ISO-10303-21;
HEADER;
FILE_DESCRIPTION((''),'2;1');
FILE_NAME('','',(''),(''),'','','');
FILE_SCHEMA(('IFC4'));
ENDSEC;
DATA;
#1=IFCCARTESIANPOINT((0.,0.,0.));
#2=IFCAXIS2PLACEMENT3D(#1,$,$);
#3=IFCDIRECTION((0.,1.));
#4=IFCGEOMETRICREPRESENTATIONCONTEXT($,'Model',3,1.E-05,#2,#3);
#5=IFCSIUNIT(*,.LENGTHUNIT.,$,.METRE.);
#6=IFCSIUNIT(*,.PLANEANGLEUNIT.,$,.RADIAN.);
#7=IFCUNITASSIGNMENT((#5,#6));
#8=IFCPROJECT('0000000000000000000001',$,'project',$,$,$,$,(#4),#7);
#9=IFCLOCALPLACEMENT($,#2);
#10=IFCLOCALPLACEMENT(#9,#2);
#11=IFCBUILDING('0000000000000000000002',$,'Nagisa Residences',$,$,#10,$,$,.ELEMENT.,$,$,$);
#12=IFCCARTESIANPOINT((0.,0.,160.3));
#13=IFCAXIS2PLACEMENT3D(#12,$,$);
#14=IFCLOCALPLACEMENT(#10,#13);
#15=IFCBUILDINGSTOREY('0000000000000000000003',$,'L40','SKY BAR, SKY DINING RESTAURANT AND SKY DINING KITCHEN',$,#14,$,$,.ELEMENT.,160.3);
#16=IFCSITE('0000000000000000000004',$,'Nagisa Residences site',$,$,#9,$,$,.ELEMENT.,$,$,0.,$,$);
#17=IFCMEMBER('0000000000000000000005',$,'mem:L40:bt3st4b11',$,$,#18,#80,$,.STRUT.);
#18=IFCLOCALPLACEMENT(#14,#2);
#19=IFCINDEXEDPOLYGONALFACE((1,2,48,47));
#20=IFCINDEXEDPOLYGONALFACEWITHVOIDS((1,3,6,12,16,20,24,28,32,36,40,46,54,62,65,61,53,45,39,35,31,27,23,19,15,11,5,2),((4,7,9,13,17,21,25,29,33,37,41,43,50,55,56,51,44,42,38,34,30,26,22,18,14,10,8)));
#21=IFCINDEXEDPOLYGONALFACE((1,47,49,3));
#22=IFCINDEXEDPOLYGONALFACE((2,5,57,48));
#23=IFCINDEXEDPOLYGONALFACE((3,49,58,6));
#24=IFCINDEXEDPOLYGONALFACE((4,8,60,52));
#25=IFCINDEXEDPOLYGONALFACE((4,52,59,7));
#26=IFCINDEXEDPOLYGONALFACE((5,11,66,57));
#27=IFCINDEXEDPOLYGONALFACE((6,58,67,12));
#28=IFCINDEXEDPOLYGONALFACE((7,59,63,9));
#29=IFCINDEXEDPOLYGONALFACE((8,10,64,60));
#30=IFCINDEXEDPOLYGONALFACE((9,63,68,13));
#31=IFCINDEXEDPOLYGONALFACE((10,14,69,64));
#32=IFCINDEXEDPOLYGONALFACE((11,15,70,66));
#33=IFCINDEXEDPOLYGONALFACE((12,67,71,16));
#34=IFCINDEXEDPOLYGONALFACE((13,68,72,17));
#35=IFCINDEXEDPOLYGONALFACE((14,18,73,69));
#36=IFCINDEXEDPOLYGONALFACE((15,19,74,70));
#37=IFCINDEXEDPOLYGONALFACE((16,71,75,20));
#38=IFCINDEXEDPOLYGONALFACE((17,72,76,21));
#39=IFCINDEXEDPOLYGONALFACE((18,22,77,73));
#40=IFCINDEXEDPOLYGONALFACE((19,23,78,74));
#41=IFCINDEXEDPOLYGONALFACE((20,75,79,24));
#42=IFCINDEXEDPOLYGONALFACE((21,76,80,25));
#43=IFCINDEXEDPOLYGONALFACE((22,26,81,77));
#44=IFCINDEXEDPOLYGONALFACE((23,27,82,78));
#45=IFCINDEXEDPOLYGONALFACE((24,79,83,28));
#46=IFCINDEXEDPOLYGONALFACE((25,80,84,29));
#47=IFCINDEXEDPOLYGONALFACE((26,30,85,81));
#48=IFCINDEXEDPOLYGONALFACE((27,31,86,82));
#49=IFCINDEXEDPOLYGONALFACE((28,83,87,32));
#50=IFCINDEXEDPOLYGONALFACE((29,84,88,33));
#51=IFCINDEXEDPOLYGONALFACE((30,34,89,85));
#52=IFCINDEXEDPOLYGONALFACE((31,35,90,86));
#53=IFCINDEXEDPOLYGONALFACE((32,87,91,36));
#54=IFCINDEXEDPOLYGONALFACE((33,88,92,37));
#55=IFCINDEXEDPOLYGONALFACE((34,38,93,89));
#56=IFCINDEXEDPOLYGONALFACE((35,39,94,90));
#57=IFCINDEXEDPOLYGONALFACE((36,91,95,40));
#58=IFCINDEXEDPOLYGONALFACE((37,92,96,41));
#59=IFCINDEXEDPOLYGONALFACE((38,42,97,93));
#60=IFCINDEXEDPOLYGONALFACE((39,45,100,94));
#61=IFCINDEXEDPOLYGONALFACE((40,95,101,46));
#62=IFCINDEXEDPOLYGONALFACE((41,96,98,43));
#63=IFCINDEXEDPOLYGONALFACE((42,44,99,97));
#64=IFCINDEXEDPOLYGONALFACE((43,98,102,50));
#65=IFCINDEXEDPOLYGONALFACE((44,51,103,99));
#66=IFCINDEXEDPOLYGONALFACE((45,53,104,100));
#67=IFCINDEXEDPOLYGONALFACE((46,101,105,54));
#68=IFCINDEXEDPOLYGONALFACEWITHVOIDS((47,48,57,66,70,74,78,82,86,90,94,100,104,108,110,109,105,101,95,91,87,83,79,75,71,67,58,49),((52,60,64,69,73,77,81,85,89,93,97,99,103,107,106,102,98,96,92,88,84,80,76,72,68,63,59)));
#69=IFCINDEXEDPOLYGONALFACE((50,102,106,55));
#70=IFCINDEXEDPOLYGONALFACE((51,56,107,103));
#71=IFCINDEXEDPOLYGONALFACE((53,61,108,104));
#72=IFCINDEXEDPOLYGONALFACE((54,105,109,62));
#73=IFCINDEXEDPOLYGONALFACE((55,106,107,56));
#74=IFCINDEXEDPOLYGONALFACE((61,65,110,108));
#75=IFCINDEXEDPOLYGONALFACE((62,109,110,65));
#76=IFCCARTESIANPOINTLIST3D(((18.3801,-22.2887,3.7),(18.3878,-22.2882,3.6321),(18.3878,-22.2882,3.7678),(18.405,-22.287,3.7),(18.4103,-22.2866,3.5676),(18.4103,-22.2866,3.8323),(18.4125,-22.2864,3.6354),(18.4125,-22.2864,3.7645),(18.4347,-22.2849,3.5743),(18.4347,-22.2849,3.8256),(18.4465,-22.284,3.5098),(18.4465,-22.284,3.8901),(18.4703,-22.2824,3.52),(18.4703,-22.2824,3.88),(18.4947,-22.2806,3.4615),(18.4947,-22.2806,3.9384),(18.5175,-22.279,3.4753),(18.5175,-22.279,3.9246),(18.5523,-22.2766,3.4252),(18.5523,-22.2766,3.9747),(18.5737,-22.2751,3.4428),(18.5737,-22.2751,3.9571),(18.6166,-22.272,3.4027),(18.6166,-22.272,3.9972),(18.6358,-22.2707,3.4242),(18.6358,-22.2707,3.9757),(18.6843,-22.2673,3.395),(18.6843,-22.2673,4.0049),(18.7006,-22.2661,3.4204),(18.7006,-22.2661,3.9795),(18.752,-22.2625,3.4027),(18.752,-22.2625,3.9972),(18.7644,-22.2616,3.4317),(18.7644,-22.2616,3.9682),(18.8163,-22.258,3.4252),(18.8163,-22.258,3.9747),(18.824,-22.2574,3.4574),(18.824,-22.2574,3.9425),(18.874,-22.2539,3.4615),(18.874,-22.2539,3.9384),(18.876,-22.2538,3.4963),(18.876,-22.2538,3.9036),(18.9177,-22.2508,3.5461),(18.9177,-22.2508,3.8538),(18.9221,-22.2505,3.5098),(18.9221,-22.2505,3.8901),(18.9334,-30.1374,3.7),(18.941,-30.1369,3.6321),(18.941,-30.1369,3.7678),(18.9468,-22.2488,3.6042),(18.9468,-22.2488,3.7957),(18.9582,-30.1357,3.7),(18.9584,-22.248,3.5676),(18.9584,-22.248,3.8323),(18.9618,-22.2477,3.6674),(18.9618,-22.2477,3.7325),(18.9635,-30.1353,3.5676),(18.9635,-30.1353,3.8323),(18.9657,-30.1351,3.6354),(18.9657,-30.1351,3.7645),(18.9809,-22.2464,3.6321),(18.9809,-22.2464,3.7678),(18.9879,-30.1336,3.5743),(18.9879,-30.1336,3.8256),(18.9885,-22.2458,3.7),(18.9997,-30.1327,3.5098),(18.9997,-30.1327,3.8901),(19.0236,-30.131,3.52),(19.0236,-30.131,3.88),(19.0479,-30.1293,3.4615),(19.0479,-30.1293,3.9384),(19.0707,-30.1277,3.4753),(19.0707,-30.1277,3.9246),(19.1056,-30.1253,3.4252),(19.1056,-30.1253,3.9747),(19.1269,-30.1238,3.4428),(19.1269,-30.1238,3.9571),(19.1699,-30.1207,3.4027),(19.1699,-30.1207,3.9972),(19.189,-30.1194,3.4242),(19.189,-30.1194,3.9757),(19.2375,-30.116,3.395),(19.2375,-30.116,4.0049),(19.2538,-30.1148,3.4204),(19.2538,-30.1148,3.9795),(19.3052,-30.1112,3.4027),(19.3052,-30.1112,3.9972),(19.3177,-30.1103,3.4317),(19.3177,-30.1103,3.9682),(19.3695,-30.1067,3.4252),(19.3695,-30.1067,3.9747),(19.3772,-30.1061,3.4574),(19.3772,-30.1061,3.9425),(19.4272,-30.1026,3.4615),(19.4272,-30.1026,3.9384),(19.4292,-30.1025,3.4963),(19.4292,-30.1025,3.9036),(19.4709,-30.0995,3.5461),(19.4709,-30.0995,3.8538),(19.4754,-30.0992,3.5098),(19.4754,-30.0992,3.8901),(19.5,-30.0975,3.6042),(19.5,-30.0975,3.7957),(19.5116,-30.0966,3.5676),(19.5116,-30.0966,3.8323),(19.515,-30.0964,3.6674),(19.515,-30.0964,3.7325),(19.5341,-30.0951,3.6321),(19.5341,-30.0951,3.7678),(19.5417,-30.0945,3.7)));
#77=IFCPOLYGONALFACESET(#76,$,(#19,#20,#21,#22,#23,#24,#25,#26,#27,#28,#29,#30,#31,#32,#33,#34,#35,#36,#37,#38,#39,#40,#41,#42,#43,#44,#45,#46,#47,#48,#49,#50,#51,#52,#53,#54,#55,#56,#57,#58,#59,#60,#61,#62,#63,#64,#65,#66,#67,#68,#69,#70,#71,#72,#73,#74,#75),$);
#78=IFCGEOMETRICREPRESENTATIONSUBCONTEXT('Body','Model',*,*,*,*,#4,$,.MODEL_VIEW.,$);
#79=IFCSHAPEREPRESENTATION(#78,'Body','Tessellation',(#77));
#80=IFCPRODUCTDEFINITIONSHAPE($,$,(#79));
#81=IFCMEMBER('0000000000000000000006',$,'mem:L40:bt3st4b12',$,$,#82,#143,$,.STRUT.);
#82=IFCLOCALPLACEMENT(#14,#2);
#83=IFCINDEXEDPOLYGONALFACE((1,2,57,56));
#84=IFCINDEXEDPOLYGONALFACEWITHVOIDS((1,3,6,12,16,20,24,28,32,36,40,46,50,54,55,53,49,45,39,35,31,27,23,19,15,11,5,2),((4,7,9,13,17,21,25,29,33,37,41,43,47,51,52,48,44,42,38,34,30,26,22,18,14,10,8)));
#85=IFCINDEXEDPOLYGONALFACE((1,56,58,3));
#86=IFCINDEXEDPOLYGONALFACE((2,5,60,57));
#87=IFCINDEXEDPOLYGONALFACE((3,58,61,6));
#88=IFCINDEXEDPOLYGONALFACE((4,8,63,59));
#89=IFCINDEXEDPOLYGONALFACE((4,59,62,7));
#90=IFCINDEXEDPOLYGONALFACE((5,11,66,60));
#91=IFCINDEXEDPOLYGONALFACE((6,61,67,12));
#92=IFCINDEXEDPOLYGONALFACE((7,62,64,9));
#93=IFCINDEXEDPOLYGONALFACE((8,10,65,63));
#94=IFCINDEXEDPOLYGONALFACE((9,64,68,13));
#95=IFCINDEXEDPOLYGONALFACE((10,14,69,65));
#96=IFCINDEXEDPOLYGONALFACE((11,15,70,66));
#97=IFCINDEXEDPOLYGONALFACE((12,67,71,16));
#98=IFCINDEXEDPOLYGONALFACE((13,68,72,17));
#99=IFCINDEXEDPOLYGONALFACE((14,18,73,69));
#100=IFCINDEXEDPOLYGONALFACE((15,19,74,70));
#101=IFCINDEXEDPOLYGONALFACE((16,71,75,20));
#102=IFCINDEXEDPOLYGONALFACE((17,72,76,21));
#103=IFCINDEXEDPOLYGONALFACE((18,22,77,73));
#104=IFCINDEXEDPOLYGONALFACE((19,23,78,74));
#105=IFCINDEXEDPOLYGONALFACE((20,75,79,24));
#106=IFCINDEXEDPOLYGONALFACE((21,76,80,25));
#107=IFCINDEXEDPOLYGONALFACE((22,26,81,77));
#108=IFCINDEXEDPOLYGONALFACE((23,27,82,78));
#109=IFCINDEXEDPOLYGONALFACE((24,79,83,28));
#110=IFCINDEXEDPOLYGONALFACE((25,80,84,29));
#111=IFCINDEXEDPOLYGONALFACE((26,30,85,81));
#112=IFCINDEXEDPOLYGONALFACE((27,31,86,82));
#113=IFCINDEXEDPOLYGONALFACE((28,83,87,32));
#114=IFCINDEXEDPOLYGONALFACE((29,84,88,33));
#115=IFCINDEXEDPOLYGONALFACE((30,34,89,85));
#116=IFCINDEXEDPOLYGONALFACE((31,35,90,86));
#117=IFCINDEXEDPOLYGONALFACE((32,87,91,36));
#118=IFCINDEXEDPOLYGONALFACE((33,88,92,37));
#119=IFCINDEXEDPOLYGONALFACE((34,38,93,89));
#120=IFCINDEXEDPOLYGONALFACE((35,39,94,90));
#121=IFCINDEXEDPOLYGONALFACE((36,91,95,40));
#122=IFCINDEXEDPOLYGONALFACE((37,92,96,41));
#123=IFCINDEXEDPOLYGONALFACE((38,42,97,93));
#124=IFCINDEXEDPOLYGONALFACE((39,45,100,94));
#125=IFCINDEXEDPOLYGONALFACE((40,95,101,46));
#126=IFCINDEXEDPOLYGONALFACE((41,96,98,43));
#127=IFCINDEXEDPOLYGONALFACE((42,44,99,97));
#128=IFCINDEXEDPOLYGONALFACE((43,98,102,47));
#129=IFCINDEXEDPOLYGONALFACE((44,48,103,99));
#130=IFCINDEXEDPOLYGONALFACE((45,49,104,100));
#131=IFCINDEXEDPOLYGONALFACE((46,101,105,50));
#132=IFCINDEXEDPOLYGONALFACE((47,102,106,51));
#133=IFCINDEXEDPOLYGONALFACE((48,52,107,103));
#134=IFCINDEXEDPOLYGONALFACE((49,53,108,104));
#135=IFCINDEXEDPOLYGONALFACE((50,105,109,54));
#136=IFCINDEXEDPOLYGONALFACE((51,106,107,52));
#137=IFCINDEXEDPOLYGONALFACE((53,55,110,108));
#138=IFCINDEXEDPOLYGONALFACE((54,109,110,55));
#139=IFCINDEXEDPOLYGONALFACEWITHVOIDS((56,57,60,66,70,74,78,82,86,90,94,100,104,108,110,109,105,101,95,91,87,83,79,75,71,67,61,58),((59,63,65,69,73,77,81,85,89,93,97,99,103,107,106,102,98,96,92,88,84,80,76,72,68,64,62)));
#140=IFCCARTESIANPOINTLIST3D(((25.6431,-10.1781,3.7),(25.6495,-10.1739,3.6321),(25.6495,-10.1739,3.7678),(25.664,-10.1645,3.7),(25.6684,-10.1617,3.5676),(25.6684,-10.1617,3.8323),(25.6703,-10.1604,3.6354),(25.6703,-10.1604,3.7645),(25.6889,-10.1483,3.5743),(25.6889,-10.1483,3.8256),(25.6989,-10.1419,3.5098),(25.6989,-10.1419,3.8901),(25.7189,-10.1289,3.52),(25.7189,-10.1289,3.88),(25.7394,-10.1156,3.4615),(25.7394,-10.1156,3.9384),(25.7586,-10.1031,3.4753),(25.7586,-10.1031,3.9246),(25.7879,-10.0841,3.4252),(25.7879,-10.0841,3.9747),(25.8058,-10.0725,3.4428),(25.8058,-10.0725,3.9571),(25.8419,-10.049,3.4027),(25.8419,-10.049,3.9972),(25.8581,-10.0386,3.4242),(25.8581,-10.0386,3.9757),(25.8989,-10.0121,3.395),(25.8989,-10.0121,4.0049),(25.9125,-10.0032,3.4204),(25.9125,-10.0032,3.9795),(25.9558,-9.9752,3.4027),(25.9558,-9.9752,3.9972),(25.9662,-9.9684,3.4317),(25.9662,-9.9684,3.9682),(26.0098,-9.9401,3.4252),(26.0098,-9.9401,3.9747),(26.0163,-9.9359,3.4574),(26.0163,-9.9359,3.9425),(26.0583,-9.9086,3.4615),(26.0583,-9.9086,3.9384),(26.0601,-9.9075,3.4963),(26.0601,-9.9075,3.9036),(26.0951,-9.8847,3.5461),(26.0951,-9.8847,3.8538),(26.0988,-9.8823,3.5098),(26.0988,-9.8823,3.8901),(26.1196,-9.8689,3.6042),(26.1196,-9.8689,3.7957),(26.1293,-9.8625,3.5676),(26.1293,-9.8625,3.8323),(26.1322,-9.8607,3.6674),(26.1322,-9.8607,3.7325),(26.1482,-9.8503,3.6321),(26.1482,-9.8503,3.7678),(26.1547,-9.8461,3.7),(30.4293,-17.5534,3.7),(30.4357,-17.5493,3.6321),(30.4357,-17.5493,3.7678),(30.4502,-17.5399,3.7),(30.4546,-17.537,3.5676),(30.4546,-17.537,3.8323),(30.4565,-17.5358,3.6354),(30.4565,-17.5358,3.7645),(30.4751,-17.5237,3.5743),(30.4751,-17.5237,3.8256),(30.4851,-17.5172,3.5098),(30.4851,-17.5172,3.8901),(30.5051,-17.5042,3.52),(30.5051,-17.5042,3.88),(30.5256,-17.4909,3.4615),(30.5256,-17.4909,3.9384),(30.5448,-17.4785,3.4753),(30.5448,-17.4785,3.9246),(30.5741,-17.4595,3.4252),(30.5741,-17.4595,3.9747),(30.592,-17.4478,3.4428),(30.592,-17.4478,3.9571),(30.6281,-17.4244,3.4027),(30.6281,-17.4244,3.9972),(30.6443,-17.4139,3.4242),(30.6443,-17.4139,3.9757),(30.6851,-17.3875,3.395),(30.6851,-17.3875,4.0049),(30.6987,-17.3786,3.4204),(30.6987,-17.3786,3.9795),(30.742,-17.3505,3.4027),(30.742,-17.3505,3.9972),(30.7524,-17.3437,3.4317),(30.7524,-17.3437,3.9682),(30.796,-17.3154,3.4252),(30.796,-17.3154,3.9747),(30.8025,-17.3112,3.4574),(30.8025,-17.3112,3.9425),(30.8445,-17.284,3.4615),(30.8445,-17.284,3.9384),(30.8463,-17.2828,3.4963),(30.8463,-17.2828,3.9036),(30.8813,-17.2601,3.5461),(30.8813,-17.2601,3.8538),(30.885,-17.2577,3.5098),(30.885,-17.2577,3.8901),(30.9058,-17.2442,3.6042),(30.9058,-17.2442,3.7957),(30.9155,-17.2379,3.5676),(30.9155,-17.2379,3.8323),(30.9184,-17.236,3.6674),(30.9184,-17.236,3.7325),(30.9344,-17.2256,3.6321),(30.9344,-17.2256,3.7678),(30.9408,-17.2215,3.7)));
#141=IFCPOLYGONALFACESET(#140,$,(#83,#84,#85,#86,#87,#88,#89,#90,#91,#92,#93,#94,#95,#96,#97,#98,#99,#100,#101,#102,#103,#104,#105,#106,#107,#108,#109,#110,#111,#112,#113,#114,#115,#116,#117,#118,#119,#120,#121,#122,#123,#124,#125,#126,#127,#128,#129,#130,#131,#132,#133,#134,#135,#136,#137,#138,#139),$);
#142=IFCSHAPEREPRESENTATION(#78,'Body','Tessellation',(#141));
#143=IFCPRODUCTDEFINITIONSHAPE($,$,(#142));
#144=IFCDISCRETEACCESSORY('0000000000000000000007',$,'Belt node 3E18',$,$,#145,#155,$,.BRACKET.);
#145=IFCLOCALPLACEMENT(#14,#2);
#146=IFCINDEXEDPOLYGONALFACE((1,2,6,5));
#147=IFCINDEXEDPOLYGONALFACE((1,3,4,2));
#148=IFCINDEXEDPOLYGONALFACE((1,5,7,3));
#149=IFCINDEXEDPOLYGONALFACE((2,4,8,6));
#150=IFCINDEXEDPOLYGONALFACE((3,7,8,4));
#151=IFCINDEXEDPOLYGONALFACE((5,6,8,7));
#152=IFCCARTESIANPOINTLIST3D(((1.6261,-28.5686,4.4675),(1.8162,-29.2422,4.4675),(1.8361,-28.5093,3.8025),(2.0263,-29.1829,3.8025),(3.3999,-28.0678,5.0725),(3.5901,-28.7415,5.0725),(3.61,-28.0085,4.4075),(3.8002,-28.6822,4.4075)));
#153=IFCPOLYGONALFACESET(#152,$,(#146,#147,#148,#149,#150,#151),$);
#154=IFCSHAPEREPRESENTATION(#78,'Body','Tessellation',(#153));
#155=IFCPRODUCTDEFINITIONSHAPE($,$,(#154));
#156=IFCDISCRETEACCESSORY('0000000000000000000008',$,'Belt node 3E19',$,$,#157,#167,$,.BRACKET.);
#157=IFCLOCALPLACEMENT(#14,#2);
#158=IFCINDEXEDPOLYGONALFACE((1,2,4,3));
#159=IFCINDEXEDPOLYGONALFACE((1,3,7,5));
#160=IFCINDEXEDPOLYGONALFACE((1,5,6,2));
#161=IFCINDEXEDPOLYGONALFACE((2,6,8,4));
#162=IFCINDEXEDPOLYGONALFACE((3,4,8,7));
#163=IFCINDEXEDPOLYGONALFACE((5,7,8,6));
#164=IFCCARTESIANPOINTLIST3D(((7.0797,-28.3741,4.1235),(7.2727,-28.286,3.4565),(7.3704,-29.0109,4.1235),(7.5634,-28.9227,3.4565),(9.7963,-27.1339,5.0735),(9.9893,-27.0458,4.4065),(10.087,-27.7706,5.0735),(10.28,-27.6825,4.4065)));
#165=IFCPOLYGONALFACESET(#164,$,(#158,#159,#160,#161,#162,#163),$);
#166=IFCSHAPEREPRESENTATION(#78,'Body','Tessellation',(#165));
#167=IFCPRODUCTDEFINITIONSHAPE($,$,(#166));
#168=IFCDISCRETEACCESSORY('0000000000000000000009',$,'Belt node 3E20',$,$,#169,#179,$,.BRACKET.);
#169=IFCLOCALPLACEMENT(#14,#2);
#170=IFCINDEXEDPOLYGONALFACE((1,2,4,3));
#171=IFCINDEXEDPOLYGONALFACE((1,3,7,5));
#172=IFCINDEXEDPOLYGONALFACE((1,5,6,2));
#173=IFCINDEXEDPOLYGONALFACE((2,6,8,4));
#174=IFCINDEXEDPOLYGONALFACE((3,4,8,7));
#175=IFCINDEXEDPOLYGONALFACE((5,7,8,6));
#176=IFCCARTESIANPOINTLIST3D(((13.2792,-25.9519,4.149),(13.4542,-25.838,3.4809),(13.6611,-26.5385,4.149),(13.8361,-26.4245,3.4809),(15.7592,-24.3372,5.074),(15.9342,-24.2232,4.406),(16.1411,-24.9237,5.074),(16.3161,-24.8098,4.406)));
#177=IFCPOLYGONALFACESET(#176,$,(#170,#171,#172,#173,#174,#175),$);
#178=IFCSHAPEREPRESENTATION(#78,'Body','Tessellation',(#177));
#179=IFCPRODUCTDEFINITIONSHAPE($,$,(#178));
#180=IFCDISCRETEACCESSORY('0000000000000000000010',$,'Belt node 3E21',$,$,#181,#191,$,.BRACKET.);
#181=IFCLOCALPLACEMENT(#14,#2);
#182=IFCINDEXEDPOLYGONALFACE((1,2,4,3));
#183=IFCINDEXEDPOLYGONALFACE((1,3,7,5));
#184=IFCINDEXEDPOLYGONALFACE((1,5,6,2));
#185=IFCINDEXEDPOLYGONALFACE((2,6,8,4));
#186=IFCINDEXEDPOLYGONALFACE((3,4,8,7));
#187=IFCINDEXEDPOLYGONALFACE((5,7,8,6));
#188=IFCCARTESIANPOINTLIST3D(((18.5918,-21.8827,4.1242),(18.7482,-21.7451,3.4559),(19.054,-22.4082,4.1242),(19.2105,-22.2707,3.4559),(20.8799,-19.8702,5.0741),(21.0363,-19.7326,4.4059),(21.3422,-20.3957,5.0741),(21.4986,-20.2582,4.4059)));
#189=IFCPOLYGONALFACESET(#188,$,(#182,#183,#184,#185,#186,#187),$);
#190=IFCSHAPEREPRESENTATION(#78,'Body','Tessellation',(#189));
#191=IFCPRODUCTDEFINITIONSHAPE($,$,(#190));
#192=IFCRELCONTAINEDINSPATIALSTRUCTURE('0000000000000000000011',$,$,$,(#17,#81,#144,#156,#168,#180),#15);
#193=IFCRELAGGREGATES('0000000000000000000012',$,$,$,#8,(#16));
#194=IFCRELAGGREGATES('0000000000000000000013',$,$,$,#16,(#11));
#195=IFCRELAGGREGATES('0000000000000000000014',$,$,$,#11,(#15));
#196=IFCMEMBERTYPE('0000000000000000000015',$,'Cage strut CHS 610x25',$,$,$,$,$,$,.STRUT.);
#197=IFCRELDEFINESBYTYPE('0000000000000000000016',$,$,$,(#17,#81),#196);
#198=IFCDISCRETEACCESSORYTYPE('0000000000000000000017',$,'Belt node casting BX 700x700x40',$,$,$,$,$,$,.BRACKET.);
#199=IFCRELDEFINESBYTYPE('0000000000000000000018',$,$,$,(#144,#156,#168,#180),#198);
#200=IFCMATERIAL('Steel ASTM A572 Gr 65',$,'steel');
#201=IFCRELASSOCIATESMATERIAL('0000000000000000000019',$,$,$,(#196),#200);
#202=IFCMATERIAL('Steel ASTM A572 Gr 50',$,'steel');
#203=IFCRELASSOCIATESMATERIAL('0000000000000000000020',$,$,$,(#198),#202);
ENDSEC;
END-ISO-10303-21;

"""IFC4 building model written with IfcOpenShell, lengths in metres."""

from ifc_helpers import new_model, si_unit, direction, frame, origin, origin_2d, place, context, subcontext, project, spatial, rectangle, hollow_circle, extrude, material, material_profile, profile_set, type_object, element, save


model = new_model("IFC4")

# Units and contexts
model_context = context("Model", 3, precision=1e-05, world=origin(), true_north=direction((0.0, 1.0)))
body_context = subcontext(model_context, "Body", "Model", "MODEL_VIEW")
ifc_project = project(units=[si_unit("LENGTHUNIT", "METRE"), si_unit("PLANEANGLEUNIT", "RADIAN")], contexts=[model_context])

# Site, building, storey
site_placement = place(None, origin())
site = spatial("IfcSite", under=ifc_project, at=site_placement, Name="Nagisa Residences site", CompositionType="ELEMENT", RefElevation=0.0)
building_placement = place(site_placement, origin())
building = spatial("IfcBuilding", under=site, at=building_placement, Name="Nagisa Residences", CompositionType="ELEMENT")
storey_placement = place(building_placement, frame((0.0, 0.0, 160.3)))
storey = spatial("IfcBuildingStorey", under=building, at=storey_placement, Name="L40", Description="SKY BAR, SKY DINING RESTAURANT AND SKY DINING KITCHEN", CompositionType="ELEMENT", Elevation=160.3)

# Members
ifc_material_1 = material(Name="Steel ASTM A572 Gr 65", Category="steel")
ifc_material_profile_1 = material_profile(ifc_material_1, hollow_circle(Radius=0.3049, WallThickness=0.0249, at=origin_2d()), Name="CHS 610x25")
ifc_profile_set_1 = profile_set([ifc_material_profile_1], Name="Steel ASTM A572 Gr 65")
member_type_1 = type_object("IfcMemberType", Name="Cage strut CHS 610x25", PredefinedType="STRUT", material=ifc_profile_set_1)
member_1_placement = place(storey_placement, frame((19.2375, -30.116, 3.7), z_axis=(-0.070312, 0.997525, 0.0), x_axis=(-0.997525, -0.070312, 0.0)))
element("IfcMember", 1, at=member_1_placement, inside=storey, type_object=member_type_1, Name="mem:L40:bt3st4b11", PredefinedType="STRUT", context=body_context, shape_type="SweptSolid", body=[
    extrude(hollow_circle(Radius=0.3049, WallThickness=0.0249, at=origin_2d()), origin(), (0.0, 0.0, 1.0), 7.8682),
])
member_2_placement = place(storey_placement, frame((30.6851, -17.3875, 3.7), z_axis=(-0.544366, 0.838848, 0.0), x_axis=(-0.838848, -0.544366, 0.0)))
element("IfcMember", 2, at=member_2_placement, inside=storey, type_object=member_type_1, Name="mem:L40:bt3st4b12", PredefinedType="STRUT", context=body_context, shape_type="SweptSolid", body=[
    extrude(hollow_circle(Radius=0.3049, WallThickness=0.0249, at=origin_2d()), origin(), (0.0, 0.0, 1.0), 8.7922),
])

# Discrete accessories
ifc_material_2 = material(Name="Steel ASTM A572 Gr 50", Category="steel")
discrete_accessory_type_1 = type_object("IfcDiscreteAccessoryType", Name="Belt node casting BX 700x700x40", PredefinedType="BRACKET", material=ifc_material_2)
discrete_accessory_1_placement = place(storey_placement, frame((1.8262, -28.8757, 4.135), z_axis=(0.914401, 0.258111, 0.311848), x_axis=(-0.271658, 0.962394, 0.0)))
element("IfcDiscreteAccessory", 3, at=discrete_accessory_1_placement, inside=storey, type_object=discrete_accessory_type_1, Name="Belt node 3E18", PredefinedType="BRACKET", context=body_context, shape_type="SweptSolid", body=[
    extrude(rectangle(XDim=0.7, YDim=0.7, at=origin_2d()), origin(), (0.0, 0.0, 1.0), 1.9399),
])
discrete_accessory_2_placement = place(storey_placement, frame((7.3215, -28.6484, 3.79), z_axis=(0.866876, 0.39577, 0.303138), x_axis=(-0.415311, 0.909679, 0.0)))
element("IfcDiscreteAccessory", 4, at=discrete_accessory_2_placement, inside=storey, type_object=discrete_accessory_type_1, Name="Belt node 3E19", PredefinedType="BRACKET", context=body_context, shape_type="SweptSolid", body=[
    extrude(rectangle(XDim=0.7, YDim=0.7, at=origin_2d()), origin(), (0.0, 0.0, 1.0), 3.1338),
])
discrete_accessory_3_placement = place(storey_placement, frame((13.5576, -26.1882, 3.8149), z_axis=(0.799851, 0.520793, 0.29835), x_axis=(-0.545644, 0.838017, 0.0)))
element("IfcDiscreteAccessory", 5, at=discrete_accessory_3_placement, inside=storey, type_object=discrete_accessory_type_1, Name="Belt node 3E20", PredefinedType="BRACKET", context=body_context, shape_type="SweptSolid", body=[
    extrude(rectangle(XDim=0.7, YDim=0.7, at=origin_2d()), origin(), (0.0, 0.0, 1.0), 3.1006),
])
discrete_accessory_4_placement = place(storey_placement, frame((18.9011, -22.0767, 3.79), z_axis=(0.71686, 0.630503, 0.297621), x_axis=(-0.660431, 0.750887, 0.0)))
element("IfcDiscreteAccessory", 6, at=discrete_accessory_4_placement, inside=storey, type_object=discrete_accessory_type_1, Name="Belt node 3E21", PredefinedType="BRACKET", context=body_context, shape_type="SweptSolid", body=[
    extrude(rectangle(XDim=0.7, YDim=0.7, at=origin_2d()), origin(), (0.0, 0.0, 1.0), 3.1919),
])

save(model, "model.ifc")
